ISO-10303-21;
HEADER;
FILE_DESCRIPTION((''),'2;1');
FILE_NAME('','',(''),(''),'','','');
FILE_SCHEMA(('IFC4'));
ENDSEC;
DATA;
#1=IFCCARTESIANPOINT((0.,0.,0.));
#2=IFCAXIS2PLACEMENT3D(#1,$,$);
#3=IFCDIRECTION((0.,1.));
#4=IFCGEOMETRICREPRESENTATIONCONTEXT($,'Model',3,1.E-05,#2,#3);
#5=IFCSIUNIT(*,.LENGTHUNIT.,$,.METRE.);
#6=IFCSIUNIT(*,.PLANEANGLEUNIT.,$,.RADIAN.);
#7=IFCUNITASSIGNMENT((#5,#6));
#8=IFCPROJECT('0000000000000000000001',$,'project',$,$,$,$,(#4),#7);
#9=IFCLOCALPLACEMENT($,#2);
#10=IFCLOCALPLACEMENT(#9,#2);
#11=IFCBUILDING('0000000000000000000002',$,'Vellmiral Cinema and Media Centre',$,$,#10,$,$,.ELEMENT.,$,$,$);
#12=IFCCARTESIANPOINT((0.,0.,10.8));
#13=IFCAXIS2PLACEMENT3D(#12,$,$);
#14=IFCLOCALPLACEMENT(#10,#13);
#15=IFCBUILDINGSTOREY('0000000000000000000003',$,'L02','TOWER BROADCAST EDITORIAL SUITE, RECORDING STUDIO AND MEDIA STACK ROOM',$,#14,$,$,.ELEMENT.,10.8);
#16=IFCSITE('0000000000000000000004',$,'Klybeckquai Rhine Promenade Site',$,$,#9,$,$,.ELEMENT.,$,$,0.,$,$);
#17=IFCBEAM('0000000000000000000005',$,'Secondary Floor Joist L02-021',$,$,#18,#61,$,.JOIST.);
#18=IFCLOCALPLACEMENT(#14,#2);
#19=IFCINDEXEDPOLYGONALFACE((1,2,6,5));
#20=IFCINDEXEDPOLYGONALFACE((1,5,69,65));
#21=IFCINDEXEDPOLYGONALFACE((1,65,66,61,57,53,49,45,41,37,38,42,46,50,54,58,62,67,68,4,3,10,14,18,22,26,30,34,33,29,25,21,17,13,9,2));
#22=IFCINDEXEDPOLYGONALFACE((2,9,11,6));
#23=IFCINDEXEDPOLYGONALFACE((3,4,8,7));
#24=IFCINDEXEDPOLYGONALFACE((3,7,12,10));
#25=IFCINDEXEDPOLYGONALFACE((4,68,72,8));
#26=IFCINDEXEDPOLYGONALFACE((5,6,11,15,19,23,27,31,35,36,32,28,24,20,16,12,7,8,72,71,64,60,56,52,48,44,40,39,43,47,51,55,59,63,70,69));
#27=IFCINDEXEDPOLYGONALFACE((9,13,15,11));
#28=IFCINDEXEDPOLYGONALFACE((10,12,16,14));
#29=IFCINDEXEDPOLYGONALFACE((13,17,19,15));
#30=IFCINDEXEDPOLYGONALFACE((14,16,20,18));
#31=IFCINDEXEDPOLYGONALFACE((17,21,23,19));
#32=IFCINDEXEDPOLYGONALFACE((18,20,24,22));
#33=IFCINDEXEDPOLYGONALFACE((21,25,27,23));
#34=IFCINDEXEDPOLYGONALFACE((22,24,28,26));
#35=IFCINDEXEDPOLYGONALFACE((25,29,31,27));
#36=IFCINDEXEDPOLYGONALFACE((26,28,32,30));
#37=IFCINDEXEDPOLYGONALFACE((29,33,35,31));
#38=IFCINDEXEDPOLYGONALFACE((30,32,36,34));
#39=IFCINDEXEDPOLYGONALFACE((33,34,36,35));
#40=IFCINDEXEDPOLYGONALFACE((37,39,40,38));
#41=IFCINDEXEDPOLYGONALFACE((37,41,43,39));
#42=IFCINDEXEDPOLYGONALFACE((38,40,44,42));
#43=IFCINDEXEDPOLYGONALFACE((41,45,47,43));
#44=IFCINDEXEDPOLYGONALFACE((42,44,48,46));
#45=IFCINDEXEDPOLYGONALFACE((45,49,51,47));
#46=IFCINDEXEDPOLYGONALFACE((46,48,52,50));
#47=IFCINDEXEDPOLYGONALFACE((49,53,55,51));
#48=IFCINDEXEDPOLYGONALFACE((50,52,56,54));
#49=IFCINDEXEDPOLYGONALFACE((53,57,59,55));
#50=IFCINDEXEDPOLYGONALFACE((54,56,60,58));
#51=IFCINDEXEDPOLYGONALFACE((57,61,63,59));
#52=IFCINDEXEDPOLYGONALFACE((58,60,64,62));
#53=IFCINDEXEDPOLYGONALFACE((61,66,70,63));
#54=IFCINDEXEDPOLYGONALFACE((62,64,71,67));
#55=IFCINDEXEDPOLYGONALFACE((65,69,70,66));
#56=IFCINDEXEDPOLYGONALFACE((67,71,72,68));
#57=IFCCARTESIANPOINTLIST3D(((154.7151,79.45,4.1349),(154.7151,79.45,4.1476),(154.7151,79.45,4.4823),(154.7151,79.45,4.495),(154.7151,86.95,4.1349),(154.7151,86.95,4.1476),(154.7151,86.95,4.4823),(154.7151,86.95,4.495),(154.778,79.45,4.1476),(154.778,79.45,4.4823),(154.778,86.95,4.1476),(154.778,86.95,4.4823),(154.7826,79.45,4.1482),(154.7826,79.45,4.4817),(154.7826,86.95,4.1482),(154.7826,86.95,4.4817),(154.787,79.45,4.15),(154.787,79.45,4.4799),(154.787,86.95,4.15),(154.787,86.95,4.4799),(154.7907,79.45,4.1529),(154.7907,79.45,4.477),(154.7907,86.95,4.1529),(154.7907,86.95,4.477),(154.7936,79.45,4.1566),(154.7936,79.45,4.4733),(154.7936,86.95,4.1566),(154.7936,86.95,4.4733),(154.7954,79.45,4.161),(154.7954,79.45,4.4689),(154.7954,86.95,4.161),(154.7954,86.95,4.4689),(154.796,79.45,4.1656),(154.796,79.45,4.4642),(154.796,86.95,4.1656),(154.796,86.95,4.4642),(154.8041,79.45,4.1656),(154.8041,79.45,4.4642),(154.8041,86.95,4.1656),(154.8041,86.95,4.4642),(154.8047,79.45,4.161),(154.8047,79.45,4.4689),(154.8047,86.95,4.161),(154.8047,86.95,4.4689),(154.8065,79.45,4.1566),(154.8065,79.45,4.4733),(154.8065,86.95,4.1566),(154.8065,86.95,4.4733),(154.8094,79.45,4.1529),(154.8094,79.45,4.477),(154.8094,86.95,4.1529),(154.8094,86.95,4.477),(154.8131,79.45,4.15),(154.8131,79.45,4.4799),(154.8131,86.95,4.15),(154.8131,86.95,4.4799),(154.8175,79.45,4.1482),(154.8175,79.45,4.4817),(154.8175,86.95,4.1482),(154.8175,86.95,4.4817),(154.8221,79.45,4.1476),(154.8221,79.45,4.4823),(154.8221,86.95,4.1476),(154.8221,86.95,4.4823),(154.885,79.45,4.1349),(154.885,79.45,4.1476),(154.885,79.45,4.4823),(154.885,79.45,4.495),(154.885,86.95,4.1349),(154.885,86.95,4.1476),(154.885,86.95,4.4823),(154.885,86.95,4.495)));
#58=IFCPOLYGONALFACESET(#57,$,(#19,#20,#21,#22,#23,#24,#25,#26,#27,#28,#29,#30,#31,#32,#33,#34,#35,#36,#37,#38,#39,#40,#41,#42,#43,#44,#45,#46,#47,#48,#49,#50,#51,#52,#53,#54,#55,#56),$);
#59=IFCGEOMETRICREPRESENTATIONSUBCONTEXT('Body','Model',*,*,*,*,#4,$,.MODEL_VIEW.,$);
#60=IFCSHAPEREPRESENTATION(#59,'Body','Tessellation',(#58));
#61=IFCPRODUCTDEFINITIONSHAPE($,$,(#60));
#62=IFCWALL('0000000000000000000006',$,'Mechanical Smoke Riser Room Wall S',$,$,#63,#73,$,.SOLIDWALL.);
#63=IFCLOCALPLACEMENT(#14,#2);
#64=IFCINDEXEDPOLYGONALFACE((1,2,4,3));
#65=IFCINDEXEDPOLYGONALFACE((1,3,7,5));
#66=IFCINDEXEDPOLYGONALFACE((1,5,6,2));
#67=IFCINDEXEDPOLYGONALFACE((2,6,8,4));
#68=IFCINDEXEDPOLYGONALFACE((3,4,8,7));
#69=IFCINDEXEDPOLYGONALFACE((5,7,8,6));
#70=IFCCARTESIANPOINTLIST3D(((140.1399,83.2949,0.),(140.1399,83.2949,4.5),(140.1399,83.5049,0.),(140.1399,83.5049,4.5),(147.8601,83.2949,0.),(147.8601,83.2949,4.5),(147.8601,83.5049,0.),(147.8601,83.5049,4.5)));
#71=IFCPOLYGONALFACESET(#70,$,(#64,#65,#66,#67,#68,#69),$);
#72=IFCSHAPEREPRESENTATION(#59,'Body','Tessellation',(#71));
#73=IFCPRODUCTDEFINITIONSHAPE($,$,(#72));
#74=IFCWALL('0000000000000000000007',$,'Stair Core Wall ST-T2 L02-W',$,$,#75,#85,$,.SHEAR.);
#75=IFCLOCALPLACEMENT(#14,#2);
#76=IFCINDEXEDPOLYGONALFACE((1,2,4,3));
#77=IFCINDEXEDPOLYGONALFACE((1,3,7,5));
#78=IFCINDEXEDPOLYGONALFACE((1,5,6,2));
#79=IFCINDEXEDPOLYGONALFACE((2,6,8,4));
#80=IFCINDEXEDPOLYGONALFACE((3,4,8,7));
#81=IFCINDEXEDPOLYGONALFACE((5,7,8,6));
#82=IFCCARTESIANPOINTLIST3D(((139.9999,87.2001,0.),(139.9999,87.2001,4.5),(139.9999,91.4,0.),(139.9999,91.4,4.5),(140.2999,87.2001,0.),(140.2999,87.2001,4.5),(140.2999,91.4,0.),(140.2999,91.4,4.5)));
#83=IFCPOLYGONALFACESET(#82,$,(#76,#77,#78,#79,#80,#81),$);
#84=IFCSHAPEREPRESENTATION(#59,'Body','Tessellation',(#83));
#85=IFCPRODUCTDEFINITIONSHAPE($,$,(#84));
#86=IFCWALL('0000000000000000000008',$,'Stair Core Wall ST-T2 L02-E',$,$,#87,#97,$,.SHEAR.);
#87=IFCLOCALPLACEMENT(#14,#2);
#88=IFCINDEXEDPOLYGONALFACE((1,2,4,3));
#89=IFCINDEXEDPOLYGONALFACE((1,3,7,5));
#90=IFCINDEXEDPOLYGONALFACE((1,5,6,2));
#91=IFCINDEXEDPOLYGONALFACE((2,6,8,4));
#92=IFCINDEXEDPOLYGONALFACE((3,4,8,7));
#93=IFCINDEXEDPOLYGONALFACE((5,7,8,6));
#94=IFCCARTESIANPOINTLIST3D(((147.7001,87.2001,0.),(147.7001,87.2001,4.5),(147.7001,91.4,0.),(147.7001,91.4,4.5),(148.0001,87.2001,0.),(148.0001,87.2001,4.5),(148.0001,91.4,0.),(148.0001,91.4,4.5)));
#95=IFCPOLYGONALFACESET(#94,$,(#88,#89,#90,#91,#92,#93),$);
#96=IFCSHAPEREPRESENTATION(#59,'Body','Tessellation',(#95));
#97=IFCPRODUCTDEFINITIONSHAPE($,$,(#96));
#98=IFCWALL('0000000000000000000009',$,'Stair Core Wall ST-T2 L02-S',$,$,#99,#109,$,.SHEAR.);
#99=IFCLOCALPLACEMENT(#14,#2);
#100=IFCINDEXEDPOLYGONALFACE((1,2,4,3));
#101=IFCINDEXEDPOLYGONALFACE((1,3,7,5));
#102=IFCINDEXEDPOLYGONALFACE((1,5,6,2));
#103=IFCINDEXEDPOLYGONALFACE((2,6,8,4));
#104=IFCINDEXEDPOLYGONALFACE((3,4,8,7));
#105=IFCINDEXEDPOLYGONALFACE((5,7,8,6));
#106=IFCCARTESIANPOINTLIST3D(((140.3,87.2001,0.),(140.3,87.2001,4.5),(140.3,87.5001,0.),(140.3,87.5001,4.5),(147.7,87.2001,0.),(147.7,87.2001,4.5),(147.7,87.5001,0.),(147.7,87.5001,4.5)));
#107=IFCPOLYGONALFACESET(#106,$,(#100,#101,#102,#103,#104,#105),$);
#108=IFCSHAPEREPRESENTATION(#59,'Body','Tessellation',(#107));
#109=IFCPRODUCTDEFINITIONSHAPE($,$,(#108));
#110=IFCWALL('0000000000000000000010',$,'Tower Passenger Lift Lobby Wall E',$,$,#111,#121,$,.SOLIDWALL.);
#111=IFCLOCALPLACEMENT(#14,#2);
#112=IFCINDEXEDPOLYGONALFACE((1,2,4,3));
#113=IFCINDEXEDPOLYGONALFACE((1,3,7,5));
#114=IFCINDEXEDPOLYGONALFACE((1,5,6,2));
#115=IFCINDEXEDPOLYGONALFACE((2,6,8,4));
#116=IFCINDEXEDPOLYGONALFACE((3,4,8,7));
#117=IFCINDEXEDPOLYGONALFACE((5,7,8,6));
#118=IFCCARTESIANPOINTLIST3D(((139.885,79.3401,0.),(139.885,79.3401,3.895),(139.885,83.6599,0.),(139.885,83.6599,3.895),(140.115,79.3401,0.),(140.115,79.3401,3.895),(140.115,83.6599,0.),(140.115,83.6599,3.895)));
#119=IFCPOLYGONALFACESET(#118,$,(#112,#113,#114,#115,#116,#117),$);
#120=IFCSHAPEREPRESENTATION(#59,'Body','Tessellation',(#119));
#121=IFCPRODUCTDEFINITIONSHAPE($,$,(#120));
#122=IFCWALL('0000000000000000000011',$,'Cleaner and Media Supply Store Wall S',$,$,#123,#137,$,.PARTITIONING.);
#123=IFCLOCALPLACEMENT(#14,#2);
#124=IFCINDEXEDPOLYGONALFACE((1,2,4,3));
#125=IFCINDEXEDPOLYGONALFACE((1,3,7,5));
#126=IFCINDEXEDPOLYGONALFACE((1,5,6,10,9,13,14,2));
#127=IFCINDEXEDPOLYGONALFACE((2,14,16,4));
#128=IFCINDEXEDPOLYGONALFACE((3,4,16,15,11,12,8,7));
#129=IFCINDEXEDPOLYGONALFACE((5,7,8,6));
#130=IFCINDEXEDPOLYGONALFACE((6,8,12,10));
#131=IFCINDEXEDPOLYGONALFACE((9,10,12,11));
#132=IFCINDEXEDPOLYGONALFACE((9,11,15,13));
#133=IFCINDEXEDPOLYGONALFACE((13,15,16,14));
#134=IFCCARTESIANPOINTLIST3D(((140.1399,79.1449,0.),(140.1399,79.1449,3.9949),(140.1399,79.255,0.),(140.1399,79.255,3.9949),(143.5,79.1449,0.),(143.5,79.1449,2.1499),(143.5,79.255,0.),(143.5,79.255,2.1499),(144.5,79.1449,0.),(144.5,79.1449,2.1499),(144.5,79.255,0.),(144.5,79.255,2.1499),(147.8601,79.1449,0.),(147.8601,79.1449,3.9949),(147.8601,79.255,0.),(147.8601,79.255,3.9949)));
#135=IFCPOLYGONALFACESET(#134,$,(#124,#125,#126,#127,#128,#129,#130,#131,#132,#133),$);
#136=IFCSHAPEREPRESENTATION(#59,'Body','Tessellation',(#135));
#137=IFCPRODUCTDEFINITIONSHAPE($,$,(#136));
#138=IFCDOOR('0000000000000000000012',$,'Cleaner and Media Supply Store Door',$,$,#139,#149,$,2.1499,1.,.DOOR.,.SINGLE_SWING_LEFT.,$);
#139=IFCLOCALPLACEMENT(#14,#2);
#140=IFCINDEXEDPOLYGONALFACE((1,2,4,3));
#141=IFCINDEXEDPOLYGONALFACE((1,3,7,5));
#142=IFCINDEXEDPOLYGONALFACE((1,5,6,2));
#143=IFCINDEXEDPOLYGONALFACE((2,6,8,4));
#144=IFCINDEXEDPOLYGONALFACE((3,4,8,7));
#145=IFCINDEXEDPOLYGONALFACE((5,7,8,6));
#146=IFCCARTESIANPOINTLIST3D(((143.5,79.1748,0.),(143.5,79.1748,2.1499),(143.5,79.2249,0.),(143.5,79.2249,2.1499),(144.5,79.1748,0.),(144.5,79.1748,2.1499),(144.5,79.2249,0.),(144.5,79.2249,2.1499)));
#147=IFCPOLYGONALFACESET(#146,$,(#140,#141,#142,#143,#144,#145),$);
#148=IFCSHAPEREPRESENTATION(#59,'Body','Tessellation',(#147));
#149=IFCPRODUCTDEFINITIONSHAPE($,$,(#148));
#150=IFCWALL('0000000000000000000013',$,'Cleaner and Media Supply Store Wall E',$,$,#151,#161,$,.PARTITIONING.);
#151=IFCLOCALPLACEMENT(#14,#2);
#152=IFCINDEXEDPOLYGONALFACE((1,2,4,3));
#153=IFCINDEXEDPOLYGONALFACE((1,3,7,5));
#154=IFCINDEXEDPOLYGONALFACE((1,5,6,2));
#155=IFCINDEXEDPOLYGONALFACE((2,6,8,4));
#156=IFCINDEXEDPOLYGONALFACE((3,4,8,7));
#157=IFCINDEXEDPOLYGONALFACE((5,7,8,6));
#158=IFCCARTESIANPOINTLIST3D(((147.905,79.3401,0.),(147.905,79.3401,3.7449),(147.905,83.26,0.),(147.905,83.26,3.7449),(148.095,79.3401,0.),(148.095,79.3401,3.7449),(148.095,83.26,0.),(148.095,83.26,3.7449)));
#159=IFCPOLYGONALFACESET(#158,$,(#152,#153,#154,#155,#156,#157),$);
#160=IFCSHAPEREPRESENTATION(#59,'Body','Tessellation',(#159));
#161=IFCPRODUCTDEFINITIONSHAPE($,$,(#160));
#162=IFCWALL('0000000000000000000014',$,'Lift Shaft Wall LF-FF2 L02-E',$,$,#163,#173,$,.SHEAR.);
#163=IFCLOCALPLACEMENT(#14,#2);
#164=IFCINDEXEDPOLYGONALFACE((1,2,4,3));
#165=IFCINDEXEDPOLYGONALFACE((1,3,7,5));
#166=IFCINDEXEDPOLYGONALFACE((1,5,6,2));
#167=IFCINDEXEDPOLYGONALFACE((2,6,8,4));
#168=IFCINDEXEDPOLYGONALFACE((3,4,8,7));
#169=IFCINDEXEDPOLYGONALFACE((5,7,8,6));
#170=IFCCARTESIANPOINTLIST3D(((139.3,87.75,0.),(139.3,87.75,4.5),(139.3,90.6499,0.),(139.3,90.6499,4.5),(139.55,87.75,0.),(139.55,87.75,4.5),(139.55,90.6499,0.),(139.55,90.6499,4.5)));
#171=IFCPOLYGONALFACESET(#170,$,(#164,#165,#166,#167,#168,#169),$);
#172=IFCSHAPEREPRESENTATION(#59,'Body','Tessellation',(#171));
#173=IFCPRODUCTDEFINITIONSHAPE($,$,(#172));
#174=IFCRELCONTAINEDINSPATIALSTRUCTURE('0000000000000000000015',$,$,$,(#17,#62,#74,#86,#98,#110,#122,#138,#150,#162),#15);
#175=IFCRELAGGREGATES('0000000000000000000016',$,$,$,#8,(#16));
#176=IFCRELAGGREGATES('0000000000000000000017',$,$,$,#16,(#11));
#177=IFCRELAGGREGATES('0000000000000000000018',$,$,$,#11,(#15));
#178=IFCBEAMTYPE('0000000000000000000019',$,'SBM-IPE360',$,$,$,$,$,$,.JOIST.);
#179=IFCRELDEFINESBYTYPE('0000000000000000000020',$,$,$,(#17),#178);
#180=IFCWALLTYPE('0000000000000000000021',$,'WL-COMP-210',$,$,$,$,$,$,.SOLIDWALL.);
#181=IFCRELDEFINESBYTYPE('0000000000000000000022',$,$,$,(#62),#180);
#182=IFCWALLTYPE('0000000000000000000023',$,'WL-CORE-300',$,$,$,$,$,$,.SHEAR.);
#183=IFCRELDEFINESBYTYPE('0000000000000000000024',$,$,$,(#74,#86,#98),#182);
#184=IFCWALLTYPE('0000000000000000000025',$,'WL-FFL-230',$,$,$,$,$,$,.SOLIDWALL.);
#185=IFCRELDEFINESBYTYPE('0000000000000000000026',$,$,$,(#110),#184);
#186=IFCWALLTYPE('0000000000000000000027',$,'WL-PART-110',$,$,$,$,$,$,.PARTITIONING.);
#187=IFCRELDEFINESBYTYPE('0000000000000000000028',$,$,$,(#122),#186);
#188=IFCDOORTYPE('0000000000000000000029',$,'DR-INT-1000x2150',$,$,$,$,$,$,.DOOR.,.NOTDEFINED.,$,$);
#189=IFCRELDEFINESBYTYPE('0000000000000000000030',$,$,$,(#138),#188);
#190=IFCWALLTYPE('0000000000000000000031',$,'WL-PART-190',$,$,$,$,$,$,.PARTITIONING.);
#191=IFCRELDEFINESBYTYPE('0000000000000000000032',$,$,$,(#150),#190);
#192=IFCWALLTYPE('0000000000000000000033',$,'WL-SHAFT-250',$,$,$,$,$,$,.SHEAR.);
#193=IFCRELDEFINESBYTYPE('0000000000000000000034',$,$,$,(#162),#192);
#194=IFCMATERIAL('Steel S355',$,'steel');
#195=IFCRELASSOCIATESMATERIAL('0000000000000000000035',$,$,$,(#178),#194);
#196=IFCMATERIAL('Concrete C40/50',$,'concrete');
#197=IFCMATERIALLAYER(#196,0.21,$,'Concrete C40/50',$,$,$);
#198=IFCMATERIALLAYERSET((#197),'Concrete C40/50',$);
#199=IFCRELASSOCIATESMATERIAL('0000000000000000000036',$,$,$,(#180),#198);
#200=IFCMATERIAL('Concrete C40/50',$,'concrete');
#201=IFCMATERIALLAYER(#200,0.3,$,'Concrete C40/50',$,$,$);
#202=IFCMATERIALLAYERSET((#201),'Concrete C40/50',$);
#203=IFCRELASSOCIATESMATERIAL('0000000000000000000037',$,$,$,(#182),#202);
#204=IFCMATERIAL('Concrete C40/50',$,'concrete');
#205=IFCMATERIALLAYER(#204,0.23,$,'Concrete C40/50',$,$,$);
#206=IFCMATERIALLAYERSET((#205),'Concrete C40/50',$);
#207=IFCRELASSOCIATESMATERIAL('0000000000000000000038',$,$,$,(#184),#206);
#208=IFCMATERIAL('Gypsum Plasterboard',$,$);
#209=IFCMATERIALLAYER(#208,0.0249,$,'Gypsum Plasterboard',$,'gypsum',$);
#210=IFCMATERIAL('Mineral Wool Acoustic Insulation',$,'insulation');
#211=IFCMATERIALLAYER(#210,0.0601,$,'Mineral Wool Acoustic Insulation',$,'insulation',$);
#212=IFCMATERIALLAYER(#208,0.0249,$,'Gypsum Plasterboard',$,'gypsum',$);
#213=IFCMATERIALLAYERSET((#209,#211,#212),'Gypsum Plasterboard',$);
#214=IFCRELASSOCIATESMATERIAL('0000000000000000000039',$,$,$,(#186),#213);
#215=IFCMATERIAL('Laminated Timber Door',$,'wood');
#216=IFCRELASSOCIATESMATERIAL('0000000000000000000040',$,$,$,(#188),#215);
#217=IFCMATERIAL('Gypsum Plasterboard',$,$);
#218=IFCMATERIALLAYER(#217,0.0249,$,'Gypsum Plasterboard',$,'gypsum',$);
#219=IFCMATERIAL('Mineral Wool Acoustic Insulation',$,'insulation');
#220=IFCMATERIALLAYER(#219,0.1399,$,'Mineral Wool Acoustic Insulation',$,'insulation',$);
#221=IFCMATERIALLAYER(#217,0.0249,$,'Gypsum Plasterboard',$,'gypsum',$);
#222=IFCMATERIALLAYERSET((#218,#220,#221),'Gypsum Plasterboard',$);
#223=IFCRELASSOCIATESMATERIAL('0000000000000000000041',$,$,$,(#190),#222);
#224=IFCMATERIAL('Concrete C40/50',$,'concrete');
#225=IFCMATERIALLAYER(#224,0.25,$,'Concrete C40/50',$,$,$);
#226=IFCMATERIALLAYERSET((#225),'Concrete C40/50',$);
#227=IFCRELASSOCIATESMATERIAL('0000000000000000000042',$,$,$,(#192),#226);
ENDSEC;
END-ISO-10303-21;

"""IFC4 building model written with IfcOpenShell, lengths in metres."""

from ifc_helpers import new_model, si_unit, direction, frame, frame_2d, origin, origin_2d, place, context, subcontext, project, spatial, rectangle, i_section, extrude, material, layer, layer_set, material_profile, profile_set, type_object, element, fill, save


model = new_model("IFC4")

# Units and contexts
model_context = context("Model", 3, precision=1e-05, world=origin(), true_north=direction((0.0, 1.0)))
body_context = subcontext(model_context, "Body", "Model", "MODEL_VIEW")
ifc_project = project(units=[si_unit("LENGTHUNIT", "METRE"), si_unit("PLANEANGLEUNIT", "RADIAN")], contexts=[model_context])

# Site, building, storey
site_placement = place(None, origin())
site = spatial("IfcSite", under=ifc_project, at=site_placement, Name="Klybeckquai Rhine Promenade Site", CompositionType="ELEMENT", RefElevation=0.0)
building_placement = place(site_placement, origin())
building = spatial("IfcBuilding", under=site, at=building_placement, Name="Vellmiral Cinema and Media Centre", CompositionType="ELEMENT")
storey_placement = place(building_placement, frame((0.0, 0.0, 10.8)))
storey = spatial("IfcBuildingStorey", under=building, at=storey_placement, Name="L02", Description="TOWER BROADCAST EDITORIAL SUITE, RECORDING STUDIO AND MEDIA STACK ROOM", CompositionType="ELEMENT", Elevation=10.8)

# Beam
ifc_material_1 = material(Name="Steel S355", Category="steel")
ifc_material_profile_1 = material_profile(ifc_material_1, i_section(OverallWidth=0.1699, OverallDepth=0.3601, WebThickness=0.0081, FlangeThickness=0.0127, FilletRadius=0.0181, at=origin_2d()), Name="IPE 360")
ifc_profile_set_1 = profile_set([ifc_material_profile_1], Name="Steel S355")
beam_type_1 = type_object("IfcBeamType", Name="SBM-IPE360", PredefinedType="JOIST", material=ifc_profile_set_1)
beam_1_placement = place(storey_placement, frame((154.8, 79.45, 4.3149), z_axis=(0.0, 1.0, 0.0), x_axis=(-1.0, 0.0, 0.0)))
element("IfcBeam", 1, at=beam_1_placement, inside=storey, type_object=beam_type_1, Name="Secondary Floor Joist L02-021", PredefinedType="JOIST", context=body_context, shape_type="SweptSolid", body=[
    extrude(i_section(OverallWidth=0.1699, OverallDepth=0.3601, WebThickness=0.0081, FlangeThickness=0.0127, FilletRadius=0.0181, at=origin_2d()), origin(), (0.0, 0.0, 1.0), 7.5),
])

# Wall
ifc_material_2 = material(Name="Concrete C40/50", Category="concrete")
ifc_layer_1 = layer(ifc_material_2, 0.21, Name="Concrete C40/50")
ifc_layer_set_1 = layer_set([ifc_layer_1], Name="Concrete C40/50")
wall_type_1 = type_object("IfcWallType", Name="WL-COMP-210", PredefinedType="SOLIDWALL", material=ifc_layer_set_1)
wall_1_placement = place(storey_placement, frame((140.1399, 83.3999, 0.0), z_axis=(0.0, 0.0, 1.0), x_axis=(1.0, 0.0, 0.0)))
element("IfcWall", 2, at=wall_1_placement, inside=storey, type_object=wall_type_1, Name="Mechanical Smoke Riser Room Wall S", PredefinedType="SOLIDWALL", context=body_context, shape_type="SweptSolid", body=[
    extrude(rectangle(XDim=7.7202, YDim=0.21, at=frame_2d((3.8601, 0.0))), origin(), (0.0, 0.0, 1.0), 4.5),
])

# Walls
ifc_material_3 = material(Name="Concrete C40/50", Category="concrete")
ifc_layer_2 = layer(ifc_material_3, 0.3, Name="Concrete C40/50")
ifc_layer_set_2 = layer_set([ifc_layer_2], Name="Concrete C40/50")
wall_type_2 = type_object("IfcWallType", Name="WL-CORE-300", PredefinedType="SHEAR", material=ifc_layer_set_2)
for number, where, z_axis, x_axis, name in (
    (3, (140.1499, 87.2, 0.0), (0.0, 0.0, 1.0), (0.0, 1.0, 0.0), "Stair Core Wall ST-T2 L02-W"),
    (4, (147.8501, 87.2, 0.0), (0.0, 0.0, 1.0), (0.0, 1.0, 0.0), "Stair Core Wall ST-T2 L02-E"),
):
    element("IfcWall", number, at=place(storey_placement, frame(where, z_axis=z_axis, x_axis=x_axis)), inside=storey, type_object=wall_type_2, Name=name, PredefinedType="SHEAR", context=body_context, shape_type="SweptSolid", body=[
        extrude(rectangle(XDim=4.2, YDim=0.3, at=frame_2d((2.1001, 0.0))), origin(), (0.0, 0.0, 1.0), 4.5),
    ])
wall_2_placement = place(storey_placement, frame((140.3, 87.3501, 0.0), z_axis=(0.0, 0.0, 1.0), x_axis=(1.0, 0.0, 0.0)))
element("IfcWall", 5, at=wall_2_placement, inside=storey, type_object=wall_type_2, Name="Stair Core Wall ST-T2 L02-S", PredefinedType="SHEAR", context=body_context, shape_type="SweptSolid", body=[
    extrude(rectangle(XDim=7.3999, YDim=0.3, at=frame_2d((3.7, 0.0))), origin(), (0.0, 0.0, 1.0), 4.5),
])
ifc_material_4 = material(Name="Concrete C40/50", Category="concrete")
ifc_layer_3 = layer(ifc_material_4, 0.23, Name="Concrete C40/50")
ifc_layer_set_3 = layer_set([ifc_layer_3], Name="Concrete C40/50")
wall_type_3 = type_object("IfcWallType", Name="WL-FFL-230", PredefinedType="SOLIDWALL", material=ifc_layer_set_3)
wall_3_placement = place(storey_placement, frame((140.0, 79.3401, 0.0), z_axis=(0.0, 0.0, 1.0), x_axis=(0.0, 1.0, 0.0)))
element("IfcWall", 6, at=wall_3_placement, inside=storey, type_object=wall_type_3, Name="Tower Passenger Lift Lobby Wall E", PredefinedType="SOLIDWALL", context=body_context, shape_type="SweptSolid", body=[
    extrude(rectangle(XDim=4.3198, YDim=0.23, at=frame_2d((2.1599, 0.0))), origin(), (0.0, 0.0, 1.0), 3.895),
])

# Wall, opening, door
ifc_material_5 = material(Name="Gypsum Plasterboard")
ifc_layer_4 = layer(ifc_material_5, 0.0249, Name="Gypsum Plasterboard", Category="gypsum")
ifc_material_6 = material(Name="Mineral Wool Acoustic Insulation", Category="insulation")
ifc_layer_5 = layer(ifc_material_6, 0.0601, Name="Mineral Wool Acoustic Insulation", Category="insulation")
ifc_layer_6 = layer(ifc_material_5, 0.0249, Name="Gypsum Plasterboard", Category="gypsum")
ifc_layer_set_4 = layer_set([ifc_layer_4, ifc_layer_5, ifc_layer_6], Name="Gypsum Plasterboard")
wall_type_4 = type_object("IfcWallType", Name="WL-PART-110", PredefinedType="PARTITIONING", material=ifc_layer_set_4)
wall_4_placement = place(storey_placement, frame((140.1399, 79.2, 0.0), z_axis=(0.0, 0.0, 1.0), x_axis=(1.0, 0.0, 0.0)))
wall_4 = element("IfcWall", 7, at=wall_4_placement, inside=storey, type_object=wall_type_4, Name="Cleaner and Media Supply Store Wall S", PredefinedType="PARTITIONING", context=body_context, shape_type="SweptSolid", body=[
    extrude(rectangle(XDim=7.7202, YDim=0.1101, at=frame_2d((3.8601, 0.0))), origin(), (0.0, 0.0, 1.0), 3.9949),
])
opening_1_placement = place(wall_4_placement, frame((3.3601, 0.0, 0.0)))
opening_1 = element("IfcOpeningElement", 8, at=opening_1_placement, cuts=wall_4, PredefinedType="OPENING", context=body_context, shape_type="SweptSolid", body=[
    extrude(rectangle(XDim=1.0, YDim=2.1499, at=frame_2d((0.5, 1.075))), frame((0.0, 0.0669, 0.0), z_axis=(0.0, -1.0, 0.0), x_axis=(1.0, 0.0, 0.0)), (0.0, 0.0, 1.0), 0.134),
])
ifc_material_7 = material(Name="Laminated Timber Door", Category="wood")
door_type_1 = type_object("IfcDoorType", Name="DR-INT-1000x2150", OperationType="NOTDEFINED", PredefinedType="DOOR", material=ifc_material_7)
door_1_placement = place(opening_1_placement, origin())
door_1 = element("IfcDoor", 9, at=door_1_placement, inside=storey, type_object=door_type_1, Name="Cleaner and Media Supply Store Door", OperationType="SINGLE_SWING_LEFT", OverallHeight=2.1499, OverallWidth=1.0, PredefinedType="DOOR", context=body_context, shape_type="SweptSolid", body=[
    extrude(rectangle(XDim=1.0, YDim=2.1499, at=frame_2d((0.5, 1.075))), frame((0.0, 0.0249, 0.0), z_axis=(0.0, -1.0, 0.0), x_axis=(1.0, 0.0, 0.0)), (0.0, 0.0, 1.0), 0.05),
])
fill(opening_1, door_1)

# Walls
ifc_material_8 = material(Name="Gypsum Plasterboard")
ifc_layer_7 = layer(ifc_material_8, 0.0249, Name="Gypsum Plasterboard", Category="gypsum")
ifc_material_9 = material(Name="Mineral Wool Acoustic Insulation", Category="insulation")
ifc_layer_8 = layer(ifc_material_9, 0.1399, Name="Mineral Wool Acoustic Insulation", Category="insulation")
ifc_layer_9 = layer(ifc_material_8, 0.0249, Name="Gypsum Plasterboard", Category="gypsum")
ifc_layer_set_5 = layer_set([ifc_layer_7, ifc_layer_8, ifc_layer_9], Name="Gypsum Plasterboard")
wall_type_5 = type_object("IfcWallType", Name="WL-PART-190", PredefinedType="PARTITIONING", material=ifc_layer_set_5)
wall_5_placement = place(storey_placement, frame((148.0, 79.3401, 0.0), z_axis=(0.0, 0.0, 1.0), x_axis=(0.0, 1.0, 0.0)))
element("IfcWall", 10, at=wall_5_placement, inside=storey, type_object=wall_type_5, Name="Cleaner and Media Supply Store Wall E", PredefinedType="PARTITIONING", context=body_context, shape_type="SweptSolid", body=[
    extrude(rectangle(XDim=3.9199, YDim=0.1899, at=frame_2d((1.96, 0.0))), origin(), (0.0, 0.0, 1.0), 3.7449),
])
ifc_material_10 = material(Name="Concrete C40/50", Category="concrete")
ifc_layer_10 = layer(ifc_material_10, 0.25, Name="Concrete C40/50")
ifc_layer_set_6 = layer_set([ifc_layer_10], Name="Concrete C40/50")
wall_type_6 = type_object("IfcWallType", Name="WL-SHAFT-250", PredefinedType="SHEAR", material=ifc_layer_set_6)
wall_6_placement = place(storey_placement, frame((139.425, 87.75, 0.0), z_axis=(0.0, 0.0, 1.0), x_axis=(0.0, 1.0, 0.0)))
element("IfcWall", 11, at=wall_6_placement, inside=storey, type_object=wall_type_6, Name="Lift Shaft Wall LF-FF2 L02-E", PredefinedType="SHEAR", context=body_context, shape_type="SweptSolid", body=[
    extrude(rectangle(XDim=2.8999, YDim=0.25, at=frame_2d((1.45, 0.0))), origin(), (0.0, 0.0, 1.0), 4.5),
])

save(model, "model.ifc")
